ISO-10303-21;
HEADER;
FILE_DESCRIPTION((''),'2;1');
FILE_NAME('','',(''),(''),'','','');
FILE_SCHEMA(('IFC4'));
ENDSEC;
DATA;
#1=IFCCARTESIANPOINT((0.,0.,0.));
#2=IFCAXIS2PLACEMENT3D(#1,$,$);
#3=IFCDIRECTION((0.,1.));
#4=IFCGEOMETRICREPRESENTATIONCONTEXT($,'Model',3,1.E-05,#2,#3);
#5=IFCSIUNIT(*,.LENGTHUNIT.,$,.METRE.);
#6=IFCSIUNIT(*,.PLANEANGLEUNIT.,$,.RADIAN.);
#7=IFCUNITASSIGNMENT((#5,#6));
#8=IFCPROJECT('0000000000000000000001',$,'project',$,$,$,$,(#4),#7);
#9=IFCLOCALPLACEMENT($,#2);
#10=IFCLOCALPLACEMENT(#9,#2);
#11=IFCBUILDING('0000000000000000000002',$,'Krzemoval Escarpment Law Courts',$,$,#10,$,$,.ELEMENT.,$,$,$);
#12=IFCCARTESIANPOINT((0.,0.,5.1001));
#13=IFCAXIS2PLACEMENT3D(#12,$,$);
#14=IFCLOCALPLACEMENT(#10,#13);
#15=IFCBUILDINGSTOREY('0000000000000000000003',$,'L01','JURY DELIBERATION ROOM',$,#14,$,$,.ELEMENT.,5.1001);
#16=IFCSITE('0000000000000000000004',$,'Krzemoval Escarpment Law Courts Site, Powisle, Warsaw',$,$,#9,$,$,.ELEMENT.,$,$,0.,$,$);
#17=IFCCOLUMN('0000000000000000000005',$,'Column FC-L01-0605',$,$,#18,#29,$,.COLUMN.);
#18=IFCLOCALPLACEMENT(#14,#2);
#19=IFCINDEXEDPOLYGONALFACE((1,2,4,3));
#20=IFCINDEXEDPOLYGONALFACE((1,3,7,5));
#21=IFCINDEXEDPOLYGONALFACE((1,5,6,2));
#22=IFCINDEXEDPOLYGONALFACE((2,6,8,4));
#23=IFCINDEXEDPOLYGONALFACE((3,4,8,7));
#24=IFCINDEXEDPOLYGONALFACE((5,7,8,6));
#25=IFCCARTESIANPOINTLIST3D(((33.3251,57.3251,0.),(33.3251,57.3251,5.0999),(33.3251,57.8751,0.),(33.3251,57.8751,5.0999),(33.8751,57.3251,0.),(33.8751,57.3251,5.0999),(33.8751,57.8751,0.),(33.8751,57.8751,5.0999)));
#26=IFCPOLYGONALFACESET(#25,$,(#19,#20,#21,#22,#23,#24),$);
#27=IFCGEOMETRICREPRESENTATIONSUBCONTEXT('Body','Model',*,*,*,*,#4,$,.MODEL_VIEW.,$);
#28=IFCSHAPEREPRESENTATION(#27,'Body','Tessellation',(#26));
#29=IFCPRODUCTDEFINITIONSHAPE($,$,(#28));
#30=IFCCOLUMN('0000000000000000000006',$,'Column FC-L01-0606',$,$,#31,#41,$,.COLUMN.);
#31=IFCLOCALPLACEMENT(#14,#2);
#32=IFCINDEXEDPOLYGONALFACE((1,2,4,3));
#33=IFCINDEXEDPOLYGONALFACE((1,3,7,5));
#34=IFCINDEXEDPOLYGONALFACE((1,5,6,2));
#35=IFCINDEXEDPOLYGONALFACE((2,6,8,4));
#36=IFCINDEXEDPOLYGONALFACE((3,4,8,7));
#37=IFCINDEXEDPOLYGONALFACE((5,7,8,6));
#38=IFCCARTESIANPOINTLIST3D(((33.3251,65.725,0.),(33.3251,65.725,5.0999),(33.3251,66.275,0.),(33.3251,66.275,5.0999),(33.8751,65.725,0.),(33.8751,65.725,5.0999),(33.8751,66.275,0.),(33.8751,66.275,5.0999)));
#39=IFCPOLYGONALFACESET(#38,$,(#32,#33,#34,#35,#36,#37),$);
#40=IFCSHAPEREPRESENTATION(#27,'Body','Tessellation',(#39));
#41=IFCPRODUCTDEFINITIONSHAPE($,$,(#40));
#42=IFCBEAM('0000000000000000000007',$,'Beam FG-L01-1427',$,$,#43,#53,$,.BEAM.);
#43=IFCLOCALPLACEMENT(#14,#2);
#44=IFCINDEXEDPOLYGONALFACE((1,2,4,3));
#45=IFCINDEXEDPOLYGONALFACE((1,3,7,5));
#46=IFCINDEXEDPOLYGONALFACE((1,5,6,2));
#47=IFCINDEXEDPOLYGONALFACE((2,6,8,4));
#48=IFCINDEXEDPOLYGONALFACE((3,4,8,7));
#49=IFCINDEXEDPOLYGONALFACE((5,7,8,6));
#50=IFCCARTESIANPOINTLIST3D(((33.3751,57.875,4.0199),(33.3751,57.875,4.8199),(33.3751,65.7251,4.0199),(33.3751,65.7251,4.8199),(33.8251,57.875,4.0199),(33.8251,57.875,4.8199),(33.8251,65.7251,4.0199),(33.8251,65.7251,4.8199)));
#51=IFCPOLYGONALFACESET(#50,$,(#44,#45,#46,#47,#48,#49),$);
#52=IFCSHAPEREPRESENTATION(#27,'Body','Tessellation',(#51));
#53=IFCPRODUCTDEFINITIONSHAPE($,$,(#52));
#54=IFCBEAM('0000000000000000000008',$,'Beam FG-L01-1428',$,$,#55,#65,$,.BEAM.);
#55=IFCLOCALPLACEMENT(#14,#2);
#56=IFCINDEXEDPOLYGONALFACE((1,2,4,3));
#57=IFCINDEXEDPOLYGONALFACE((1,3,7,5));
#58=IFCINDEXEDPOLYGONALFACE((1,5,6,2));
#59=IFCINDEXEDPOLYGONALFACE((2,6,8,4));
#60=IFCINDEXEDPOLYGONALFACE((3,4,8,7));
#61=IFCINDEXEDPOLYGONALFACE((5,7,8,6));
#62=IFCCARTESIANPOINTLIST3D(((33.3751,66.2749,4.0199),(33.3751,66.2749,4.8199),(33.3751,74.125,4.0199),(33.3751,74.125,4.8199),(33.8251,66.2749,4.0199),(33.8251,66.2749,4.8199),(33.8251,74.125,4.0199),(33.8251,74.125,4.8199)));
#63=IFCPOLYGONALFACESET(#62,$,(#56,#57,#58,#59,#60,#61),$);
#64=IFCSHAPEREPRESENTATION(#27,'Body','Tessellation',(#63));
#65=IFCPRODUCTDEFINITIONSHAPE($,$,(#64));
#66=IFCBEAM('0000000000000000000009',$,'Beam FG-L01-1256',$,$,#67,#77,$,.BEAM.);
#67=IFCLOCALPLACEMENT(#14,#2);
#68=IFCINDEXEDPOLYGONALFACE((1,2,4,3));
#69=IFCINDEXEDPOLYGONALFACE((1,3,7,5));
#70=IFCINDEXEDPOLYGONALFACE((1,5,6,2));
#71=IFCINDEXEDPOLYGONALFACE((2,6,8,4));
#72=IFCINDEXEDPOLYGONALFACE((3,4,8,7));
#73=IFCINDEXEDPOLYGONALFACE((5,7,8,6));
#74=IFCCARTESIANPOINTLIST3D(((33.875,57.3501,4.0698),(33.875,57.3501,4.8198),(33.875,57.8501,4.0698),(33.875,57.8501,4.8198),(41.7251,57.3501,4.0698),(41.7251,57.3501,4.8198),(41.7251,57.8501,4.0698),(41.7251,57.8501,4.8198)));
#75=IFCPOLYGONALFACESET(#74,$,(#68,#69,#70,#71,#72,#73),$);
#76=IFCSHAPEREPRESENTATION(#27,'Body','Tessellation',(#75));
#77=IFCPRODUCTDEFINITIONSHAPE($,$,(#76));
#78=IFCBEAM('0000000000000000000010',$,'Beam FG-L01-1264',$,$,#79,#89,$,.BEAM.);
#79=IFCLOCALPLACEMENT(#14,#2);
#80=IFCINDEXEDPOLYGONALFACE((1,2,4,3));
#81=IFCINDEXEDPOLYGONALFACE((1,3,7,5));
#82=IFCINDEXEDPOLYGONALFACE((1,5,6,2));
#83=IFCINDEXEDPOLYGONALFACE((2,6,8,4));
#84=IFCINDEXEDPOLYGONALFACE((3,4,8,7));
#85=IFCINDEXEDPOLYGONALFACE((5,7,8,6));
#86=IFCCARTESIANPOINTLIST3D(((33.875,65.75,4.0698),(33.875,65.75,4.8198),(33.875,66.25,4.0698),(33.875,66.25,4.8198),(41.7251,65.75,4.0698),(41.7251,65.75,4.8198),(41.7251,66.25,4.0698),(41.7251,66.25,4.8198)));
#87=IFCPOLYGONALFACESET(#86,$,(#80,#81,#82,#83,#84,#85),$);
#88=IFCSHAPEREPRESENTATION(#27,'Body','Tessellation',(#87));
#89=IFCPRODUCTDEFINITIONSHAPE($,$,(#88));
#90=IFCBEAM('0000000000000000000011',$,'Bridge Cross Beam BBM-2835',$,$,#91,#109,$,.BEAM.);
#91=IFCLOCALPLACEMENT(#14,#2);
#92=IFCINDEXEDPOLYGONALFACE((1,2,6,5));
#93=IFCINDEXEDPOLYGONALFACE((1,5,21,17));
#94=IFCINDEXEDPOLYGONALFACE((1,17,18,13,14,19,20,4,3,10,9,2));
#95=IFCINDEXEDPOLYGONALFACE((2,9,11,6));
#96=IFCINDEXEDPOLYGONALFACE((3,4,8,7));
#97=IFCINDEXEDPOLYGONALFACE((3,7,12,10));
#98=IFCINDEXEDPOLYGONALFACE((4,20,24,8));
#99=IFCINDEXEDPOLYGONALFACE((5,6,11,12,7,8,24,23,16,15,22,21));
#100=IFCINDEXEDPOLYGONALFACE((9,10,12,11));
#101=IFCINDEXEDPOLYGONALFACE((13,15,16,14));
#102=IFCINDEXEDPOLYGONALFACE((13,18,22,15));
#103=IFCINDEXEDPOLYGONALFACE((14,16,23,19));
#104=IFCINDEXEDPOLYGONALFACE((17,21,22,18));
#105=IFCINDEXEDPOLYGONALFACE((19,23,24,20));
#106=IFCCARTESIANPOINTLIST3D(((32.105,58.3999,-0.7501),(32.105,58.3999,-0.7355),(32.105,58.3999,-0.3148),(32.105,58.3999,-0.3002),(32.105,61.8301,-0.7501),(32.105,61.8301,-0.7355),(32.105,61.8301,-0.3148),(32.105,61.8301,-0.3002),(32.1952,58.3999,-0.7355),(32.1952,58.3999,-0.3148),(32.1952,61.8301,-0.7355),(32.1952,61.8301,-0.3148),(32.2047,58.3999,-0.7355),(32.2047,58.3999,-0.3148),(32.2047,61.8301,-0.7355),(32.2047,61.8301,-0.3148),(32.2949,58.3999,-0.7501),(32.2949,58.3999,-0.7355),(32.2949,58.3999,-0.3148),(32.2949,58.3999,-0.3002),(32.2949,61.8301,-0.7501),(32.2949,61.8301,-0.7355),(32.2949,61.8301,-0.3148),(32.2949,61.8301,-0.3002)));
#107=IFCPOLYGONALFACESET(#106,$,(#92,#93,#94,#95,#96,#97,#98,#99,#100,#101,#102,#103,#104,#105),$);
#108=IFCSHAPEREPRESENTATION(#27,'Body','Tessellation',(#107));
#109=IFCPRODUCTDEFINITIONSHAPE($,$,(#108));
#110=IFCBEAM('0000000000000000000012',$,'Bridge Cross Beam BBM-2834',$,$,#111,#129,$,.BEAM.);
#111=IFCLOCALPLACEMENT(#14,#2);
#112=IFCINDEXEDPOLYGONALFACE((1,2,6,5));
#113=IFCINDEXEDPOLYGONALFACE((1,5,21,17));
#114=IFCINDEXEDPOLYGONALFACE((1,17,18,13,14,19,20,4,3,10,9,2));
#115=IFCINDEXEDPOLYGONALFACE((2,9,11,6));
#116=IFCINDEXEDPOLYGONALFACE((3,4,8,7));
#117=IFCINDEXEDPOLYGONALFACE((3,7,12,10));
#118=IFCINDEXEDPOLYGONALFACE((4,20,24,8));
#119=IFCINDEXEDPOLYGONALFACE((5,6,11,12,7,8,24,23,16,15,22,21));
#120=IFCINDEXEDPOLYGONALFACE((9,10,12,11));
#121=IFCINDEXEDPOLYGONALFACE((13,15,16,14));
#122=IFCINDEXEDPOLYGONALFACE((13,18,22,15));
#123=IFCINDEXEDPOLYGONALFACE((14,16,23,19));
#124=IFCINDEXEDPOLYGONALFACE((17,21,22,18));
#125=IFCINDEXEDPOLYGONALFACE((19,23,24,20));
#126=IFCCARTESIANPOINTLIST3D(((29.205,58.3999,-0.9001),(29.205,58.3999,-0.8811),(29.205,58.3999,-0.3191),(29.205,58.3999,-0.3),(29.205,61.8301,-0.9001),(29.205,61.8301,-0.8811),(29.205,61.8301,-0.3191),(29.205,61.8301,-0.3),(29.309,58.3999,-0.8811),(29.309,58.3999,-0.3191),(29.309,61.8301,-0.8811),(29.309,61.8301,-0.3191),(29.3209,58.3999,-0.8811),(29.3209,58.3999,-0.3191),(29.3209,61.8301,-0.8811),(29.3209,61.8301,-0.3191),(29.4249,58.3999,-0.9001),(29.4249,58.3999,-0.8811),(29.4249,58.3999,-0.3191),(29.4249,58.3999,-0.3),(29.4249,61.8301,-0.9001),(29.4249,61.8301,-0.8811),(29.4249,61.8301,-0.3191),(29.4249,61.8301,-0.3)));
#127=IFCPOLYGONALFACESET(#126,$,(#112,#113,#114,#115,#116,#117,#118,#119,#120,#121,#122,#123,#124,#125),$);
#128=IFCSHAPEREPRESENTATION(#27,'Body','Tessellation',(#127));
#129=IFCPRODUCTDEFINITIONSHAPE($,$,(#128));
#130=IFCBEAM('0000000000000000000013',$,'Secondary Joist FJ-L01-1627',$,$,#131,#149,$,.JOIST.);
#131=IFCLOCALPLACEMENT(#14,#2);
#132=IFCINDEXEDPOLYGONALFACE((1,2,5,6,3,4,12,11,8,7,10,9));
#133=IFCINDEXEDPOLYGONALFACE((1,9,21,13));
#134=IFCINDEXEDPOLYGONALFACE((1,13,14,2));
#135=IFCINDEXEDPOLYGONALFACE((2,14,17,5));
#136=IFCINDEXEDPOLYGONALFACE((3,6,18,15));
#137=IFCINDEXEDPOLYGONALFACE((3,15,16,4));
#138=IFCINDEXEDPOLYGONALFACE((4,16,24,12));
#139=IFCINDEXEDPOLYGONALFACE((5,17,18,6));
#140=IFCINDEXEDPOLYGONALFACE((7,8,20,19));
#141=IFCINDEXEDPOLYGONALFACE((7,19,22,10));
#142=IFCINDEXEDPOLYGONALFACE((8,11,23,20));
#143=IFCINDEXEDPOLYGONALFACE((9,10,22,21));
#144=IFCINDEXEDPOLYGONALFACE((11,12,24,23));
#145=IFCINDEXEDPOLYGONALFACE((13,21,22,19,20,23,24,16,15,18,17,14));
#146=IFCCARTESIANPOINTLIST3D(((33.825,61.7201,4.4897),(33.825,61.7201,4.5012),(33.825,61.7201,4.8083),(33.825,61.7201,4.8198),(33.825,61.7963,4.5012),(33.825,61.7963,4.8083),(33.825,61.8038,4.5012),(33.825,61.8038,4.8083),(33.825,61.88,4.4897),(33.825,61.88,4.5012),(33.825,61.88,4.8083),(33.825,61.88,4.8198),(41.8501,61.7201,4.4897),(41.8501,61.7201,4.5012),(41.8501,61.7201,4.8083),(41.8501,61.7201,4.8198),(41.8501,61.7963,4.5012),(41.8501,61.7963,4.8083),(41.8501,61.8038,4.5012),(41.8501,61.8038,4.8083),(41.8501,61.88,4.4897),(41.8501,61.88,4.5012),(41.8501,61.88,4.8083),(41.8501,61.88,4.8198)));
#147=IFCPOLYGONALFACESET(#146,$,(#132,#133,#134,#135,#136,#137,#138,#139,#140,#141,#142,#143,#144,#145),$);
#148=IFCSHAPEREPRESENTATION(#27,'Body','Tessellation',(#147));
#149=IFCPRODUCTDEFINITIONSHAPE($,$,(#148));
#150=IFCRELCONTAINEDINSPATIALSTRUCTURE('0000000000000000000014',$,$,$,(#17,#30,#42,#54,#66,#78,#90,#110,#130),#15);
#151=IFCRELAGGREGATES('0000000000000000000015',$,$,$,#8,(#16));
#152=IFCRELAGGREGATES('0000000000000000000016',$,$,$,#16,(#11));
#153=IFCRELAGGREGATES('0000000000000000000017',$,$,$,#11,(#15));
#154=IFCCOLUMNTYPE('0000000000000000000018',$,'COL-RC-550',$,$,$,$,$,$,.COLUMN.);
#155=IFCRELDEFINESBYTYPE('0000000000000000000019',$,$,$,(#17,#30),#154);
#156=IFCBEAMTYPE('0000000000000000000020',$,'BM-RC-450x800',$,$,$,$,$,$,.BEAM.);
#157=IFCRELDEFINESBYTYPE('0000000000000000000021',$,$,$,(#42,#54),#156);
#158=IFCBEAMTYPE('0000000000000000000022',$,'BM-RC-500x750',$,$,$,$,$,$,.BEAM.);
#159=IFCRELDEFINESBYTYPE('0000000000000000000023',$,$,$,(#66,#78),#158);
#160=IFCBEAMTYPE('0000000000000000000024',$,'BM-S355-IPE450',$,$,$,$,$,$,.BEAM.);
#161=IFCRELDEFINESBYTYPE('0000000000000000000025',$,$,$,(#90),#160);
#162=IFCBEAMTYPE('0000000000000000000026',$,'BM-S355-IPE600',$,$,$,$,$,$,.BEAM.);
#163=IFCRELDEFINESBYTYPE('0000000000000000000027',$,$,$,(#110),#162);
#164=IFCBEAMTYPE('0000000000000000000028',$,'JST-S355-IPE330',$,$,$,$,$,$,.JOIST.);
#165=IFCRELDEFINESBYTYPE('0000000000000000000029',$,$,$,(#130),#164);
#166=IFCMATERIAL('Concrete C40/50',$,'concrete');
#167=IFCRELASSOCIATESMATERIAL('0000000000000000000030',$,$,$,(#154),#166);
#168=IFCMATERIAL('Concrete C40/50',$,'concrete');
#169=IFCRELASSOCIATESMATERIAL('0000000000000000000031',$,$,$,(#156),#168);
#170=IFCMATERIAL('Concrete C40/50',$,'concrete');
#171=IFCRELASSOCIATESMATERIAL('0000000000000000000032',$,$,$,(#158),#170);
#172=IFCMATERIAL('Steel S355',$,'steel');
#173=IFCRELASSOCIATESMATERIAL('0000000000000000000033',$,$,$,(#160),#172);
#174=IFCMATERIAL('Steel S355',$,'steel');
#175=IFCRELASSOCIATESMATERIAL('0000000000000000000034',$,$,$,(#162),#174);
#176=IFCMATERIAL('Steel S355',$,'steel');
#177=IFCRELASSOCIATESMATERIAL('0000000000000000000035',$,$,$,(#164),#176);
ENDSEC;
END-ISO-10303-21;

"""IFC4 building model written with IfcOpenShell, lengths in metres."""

from ifc_helpers import new_model, si_unit, direction, frame, origin, origin_2d, place, context, subcontext, project, spatial, rectangle, i_section, extrude, material, material_profile, profile_set, type_object, element, save


model = new_model("IFC4")

# Units and contexts
model_context = context("Model", 3, precision=1e-05, world=origin(), true_north=direction((0.0, 1.0)))
body_context = subcontext(model_context, "Body", "Model", "MODEL_VIEW")
ifc_project = project(units=[si_unit("LENGTHUNIT", "METRE"), si_unit("PLANEANGLEUNIT", "RADIAN")], contexts=[model_context])

# Site, building, storey
site_placement = place(None, origin())
site = spatial("IfcSite", under=ifc_project, at=site_placement, Name="Krzemoval Escarpment Law Courts Site, Powisle, Warsaw", CompositionType="ELEMENT", RefElevation=0.0)
building_placement = place(site_placement, origin())
building = spatial("IfcBuilding", under=site, at=building_placement, Name="Krzemoval Escarpment Law Courts", CompositionType="ELEMENT")
storey_placement = place(building_placement, frame((0.0, 0.0, 5.1001)))
storey = spatial("IfcBuildingStorey", under=building, at=storey_placement, Name="L01", Description="JURY DELIBERATION ROOM", CompositionType="ELEMENT", Elevation=5.1001)

# Columns
ifc_material_1 = material(Name="Concrete C40/50", Category="concrete")
ifc_material_profile_1 = material_profile(ifc_material_1, rectangle(XDim=0.55, YDim=0.55, at=origin_2d()), Name="RC 550x550")
ifc_profile_set_1 = profile_set([ifc_material_profile_1], Name="Concrete C40/50")
column_type = type_object("IfcColumnType", Name="COL-RC-550", PredefinedType="COLUMN", material=ifc_profile_set_1)
for number, where, z_axis, x_axis, name in (
    (1, (33.6001, 57.6001, 0.0), (0.0, 0.0, 1.0), (1.0, 0.0, 0.0), "Column FC-L01-0605"),
    (2, (33.6001, 66.0, 0.0), (0.0, 0.0, 1.0), (1.0, 0.0, 0.0), "Column FC-L01-0606"),
):
    element("IfcColumn", number, at=place(storey_placement, frame(where, z_axis=z_axis, x_axis=x_axis)), inside=storey, type_object=column_type, Name=name, PredefinedType="COLUMN", context=body_context, shape_type="SweptSolid", body=[
        extrude(rectangle(XDim=0.55, YDim=0.55, at=origin_2d()), origin(), (0.0, 0.0, 1.0), 5.0999),
    ])

# Beams
ifc_material_2 = material(Name="Concrete C40/50", Category="concrete")
ifc_material_profile_2 = material_profile(ifc_material_2, rectangle(XDim=0.45, YDim=0.8, at=origin_2d()), Name="RCB 450x800")
ifc_profile_set_2 = profile_set([ifc_material_profile_2], Name="Concrete C40/50")
beam_type_1 = type_object("IfcBeamType", Name="BM-RC-450x800", PredefinedType="BEAM", material=ifc_profile_set_2)
for number, where, z_axis, x_axis, name in (
    (3, (33.6001, 57.875, 4.4199), (0.0, 1.0, 0.0), (-1.0, 0.0, 0.0), "Beam FG-L01-1427"),
    (4, (33.6001, 66.2749, 4.4199), (0.0, 1.0, 0.0), (-1.0, 0.0, 0.0), "Beam FG-L01-1428"),
):
    element("IfcBeam", number, at=place(storey_placement, frame(where, z_axis=z_axis, x_axis=x_axis)), inside=storey, type_object=beam_type_1, Name=name, PredefinedType="BEAM", context=body_context, shape_type="SweptSolid", body=[
        extrude(rectangle(XDim=0.45, YDim=0.8, at=origin_2d()), origin(), (0.0, 0.0, 1.0), 7.8501),
    ])
ifc_material_3 = material(Name="Concrete C40/50", Category="concrete")
ifc_material_profile_3 = material_profile(ifc_material_3, rectangle(XDim=0.5, YDim=0.75, at=origin_2d()), Name="RCB 500x750")
ifc_profile_set_3 = profile_set([ifc_material_profile_3], Name="Concrete C40/50")
beam_type_2 = type_object("IfcBeamType", Name="BM-RC-500x750", PredefinedType="BEAM", material=ifc_profile_set_3)
for number, where, z_axis, x_axis, name in (
    (5, (33.875, 57.6001, 4.4448), (1.0, 0.0, 0.0), (0.0, 1.0, 0.0), "Beam FG-L01-1256"),
    (6, (33.875, 66.0, 4.4448), (1.0, 0.0, 0.0), (0.0, 1.0, 0.0), "Beam FG-L01-1264"),
):
    element("IfcBeam", number, at=place(storey_placement, frame(where, z_axis=z_axis, x_axis=x_axis)), inside=storey, type_object=beam_type_2, Name=name, PredefinedType="BEAM", context=body_context, shape_type="SweptSolid", body=[
        extrude(rectangle(XDim=0.5, YDim=0.75, at=origin_2d()), origin(), (0.0, 0.0, 1.0), 7.8501),
    ])
ifc_material_4 = material(Name="Steel S355", Category="steel")
ifc_material_profile_4 = material_profile(ifc_material_4, i_section(OverallWidth=0.1899, OverallDepth=0.45, WebThickness=0.0095, FlangeThickness=0.0146, at=origin_2d()), Name="IPE 450")
ifc_profile_set_4 = profile_set([ifc_material_profile_4], Name="Steel S355")
beam_type_3 = type_object("IfcBeamType", Name="BM-S355-IPE450", PredefinedType="BEAM", material=ifc_profile_set_4)
beam_1_placement = place(storey_placement, frame((32.2, 58.3999, -0.5251), z_axis=(0.0, 1.0, 0.0), x_axis=(-1.0, 0.0, 0.0)))
element("IfcBeam", 7, at=beam_1_placement, inside=storey, type_object=beam_type_3, Name="Bridge Cross Beam BBM-2835", PredefinedType="BEAM", context=body_context, shape_type="SweptSolid", body=[
    extrude(i_section(OverallWidth=0.1899, OverallDepth=0.45, WebThickness=0.0095, FlangeThickness=0.0146, at=origin_2d()), origin(), (0.0, 0.0, 1.0), 3.4302),
])
ifc_material_5 = material(Name="Steel S355", Category="steel")
ifc_material_profile_5 = material_profile(ifc_material_5, i_section(OverallWidth=0.22, OverallDepth=0.6001, WebThickness=0.012, FlangeThickness=0.019, at=origin_2d()), Name="IPE 600")
ifc_profile_set_5 = profile_set([ifc_material_profile_5], Name="Steel S355")
beam_type_4 = type_object("IfcBeamType", Name="BM-S355-IPE600", PredefinedType="BEAM", material=ifc_profile_set_5)
beam_2_placement = place(storey_placement, frame((29.3149, 58.3999, -0.6001), z_axis=(0.0, 1.0, 0.0), x_axis=(-1.0, 0.0, 0.0)))
element("IfcBeam", 8, at=beam_2_placement, inside=storey, type_object=beam_type_4, Name="Bridge Cross Beam BBM-2834", PredefinedType="BEAM", context=body_context, shape_type="SweptSolid", body=[
    extrude(i_section(OverallWidth=0.22, OverallDepth=0.6001, WebThickness=0.012, FlangeThickness=0.019, at=origin_2d()), origin(), (0.0, 0.0, 1.0), 3.4302),
])
ifc_material_6 = material(Name="Steel S355", Category="steel")
ifc_material_profile_6 = material_profile(ifc_material_6, i_section(OverallWidth=0.1599, OverallDepth=0.3301, WebThickness=0.0076, FlangeThickness=0.0115, at=origin_2d()), Name="IPE 330")
ifc_profile_set_6 = profile_set([ifc_material_profile_6], Name="Steel S355")
beam_type_5 = type_object("IfcBeamType", Name="JST-S355-IPE330", PredefinedType="JOIST", material=ifc_profile_set_6)
beam_3_placement = place(storey_placement, frame((33.825, 61.8, 4.6548), z_axis=(1.0, 0.0, 0.0), x_axis=(0.0, 1.0, 0.0)))
element("IfcBeam", 9, at=beam_3_placement, inside=storey, type_object=beam_type_5, Name="Secondary Joist FJ-L01-1627", PredefinedType="JOIST", context=body_context, shape_type="SweptSolid", body=[
    extrude(i_section(OverallWidth=0.1599, OverallDepth=0.3301, WebThickness=0.0076, FlangeThickness=0.0115, at=origin_2d()), origin(), (0.0, 0.0, 1.0), 8.0251),
])

save(model, "model.ifc")
